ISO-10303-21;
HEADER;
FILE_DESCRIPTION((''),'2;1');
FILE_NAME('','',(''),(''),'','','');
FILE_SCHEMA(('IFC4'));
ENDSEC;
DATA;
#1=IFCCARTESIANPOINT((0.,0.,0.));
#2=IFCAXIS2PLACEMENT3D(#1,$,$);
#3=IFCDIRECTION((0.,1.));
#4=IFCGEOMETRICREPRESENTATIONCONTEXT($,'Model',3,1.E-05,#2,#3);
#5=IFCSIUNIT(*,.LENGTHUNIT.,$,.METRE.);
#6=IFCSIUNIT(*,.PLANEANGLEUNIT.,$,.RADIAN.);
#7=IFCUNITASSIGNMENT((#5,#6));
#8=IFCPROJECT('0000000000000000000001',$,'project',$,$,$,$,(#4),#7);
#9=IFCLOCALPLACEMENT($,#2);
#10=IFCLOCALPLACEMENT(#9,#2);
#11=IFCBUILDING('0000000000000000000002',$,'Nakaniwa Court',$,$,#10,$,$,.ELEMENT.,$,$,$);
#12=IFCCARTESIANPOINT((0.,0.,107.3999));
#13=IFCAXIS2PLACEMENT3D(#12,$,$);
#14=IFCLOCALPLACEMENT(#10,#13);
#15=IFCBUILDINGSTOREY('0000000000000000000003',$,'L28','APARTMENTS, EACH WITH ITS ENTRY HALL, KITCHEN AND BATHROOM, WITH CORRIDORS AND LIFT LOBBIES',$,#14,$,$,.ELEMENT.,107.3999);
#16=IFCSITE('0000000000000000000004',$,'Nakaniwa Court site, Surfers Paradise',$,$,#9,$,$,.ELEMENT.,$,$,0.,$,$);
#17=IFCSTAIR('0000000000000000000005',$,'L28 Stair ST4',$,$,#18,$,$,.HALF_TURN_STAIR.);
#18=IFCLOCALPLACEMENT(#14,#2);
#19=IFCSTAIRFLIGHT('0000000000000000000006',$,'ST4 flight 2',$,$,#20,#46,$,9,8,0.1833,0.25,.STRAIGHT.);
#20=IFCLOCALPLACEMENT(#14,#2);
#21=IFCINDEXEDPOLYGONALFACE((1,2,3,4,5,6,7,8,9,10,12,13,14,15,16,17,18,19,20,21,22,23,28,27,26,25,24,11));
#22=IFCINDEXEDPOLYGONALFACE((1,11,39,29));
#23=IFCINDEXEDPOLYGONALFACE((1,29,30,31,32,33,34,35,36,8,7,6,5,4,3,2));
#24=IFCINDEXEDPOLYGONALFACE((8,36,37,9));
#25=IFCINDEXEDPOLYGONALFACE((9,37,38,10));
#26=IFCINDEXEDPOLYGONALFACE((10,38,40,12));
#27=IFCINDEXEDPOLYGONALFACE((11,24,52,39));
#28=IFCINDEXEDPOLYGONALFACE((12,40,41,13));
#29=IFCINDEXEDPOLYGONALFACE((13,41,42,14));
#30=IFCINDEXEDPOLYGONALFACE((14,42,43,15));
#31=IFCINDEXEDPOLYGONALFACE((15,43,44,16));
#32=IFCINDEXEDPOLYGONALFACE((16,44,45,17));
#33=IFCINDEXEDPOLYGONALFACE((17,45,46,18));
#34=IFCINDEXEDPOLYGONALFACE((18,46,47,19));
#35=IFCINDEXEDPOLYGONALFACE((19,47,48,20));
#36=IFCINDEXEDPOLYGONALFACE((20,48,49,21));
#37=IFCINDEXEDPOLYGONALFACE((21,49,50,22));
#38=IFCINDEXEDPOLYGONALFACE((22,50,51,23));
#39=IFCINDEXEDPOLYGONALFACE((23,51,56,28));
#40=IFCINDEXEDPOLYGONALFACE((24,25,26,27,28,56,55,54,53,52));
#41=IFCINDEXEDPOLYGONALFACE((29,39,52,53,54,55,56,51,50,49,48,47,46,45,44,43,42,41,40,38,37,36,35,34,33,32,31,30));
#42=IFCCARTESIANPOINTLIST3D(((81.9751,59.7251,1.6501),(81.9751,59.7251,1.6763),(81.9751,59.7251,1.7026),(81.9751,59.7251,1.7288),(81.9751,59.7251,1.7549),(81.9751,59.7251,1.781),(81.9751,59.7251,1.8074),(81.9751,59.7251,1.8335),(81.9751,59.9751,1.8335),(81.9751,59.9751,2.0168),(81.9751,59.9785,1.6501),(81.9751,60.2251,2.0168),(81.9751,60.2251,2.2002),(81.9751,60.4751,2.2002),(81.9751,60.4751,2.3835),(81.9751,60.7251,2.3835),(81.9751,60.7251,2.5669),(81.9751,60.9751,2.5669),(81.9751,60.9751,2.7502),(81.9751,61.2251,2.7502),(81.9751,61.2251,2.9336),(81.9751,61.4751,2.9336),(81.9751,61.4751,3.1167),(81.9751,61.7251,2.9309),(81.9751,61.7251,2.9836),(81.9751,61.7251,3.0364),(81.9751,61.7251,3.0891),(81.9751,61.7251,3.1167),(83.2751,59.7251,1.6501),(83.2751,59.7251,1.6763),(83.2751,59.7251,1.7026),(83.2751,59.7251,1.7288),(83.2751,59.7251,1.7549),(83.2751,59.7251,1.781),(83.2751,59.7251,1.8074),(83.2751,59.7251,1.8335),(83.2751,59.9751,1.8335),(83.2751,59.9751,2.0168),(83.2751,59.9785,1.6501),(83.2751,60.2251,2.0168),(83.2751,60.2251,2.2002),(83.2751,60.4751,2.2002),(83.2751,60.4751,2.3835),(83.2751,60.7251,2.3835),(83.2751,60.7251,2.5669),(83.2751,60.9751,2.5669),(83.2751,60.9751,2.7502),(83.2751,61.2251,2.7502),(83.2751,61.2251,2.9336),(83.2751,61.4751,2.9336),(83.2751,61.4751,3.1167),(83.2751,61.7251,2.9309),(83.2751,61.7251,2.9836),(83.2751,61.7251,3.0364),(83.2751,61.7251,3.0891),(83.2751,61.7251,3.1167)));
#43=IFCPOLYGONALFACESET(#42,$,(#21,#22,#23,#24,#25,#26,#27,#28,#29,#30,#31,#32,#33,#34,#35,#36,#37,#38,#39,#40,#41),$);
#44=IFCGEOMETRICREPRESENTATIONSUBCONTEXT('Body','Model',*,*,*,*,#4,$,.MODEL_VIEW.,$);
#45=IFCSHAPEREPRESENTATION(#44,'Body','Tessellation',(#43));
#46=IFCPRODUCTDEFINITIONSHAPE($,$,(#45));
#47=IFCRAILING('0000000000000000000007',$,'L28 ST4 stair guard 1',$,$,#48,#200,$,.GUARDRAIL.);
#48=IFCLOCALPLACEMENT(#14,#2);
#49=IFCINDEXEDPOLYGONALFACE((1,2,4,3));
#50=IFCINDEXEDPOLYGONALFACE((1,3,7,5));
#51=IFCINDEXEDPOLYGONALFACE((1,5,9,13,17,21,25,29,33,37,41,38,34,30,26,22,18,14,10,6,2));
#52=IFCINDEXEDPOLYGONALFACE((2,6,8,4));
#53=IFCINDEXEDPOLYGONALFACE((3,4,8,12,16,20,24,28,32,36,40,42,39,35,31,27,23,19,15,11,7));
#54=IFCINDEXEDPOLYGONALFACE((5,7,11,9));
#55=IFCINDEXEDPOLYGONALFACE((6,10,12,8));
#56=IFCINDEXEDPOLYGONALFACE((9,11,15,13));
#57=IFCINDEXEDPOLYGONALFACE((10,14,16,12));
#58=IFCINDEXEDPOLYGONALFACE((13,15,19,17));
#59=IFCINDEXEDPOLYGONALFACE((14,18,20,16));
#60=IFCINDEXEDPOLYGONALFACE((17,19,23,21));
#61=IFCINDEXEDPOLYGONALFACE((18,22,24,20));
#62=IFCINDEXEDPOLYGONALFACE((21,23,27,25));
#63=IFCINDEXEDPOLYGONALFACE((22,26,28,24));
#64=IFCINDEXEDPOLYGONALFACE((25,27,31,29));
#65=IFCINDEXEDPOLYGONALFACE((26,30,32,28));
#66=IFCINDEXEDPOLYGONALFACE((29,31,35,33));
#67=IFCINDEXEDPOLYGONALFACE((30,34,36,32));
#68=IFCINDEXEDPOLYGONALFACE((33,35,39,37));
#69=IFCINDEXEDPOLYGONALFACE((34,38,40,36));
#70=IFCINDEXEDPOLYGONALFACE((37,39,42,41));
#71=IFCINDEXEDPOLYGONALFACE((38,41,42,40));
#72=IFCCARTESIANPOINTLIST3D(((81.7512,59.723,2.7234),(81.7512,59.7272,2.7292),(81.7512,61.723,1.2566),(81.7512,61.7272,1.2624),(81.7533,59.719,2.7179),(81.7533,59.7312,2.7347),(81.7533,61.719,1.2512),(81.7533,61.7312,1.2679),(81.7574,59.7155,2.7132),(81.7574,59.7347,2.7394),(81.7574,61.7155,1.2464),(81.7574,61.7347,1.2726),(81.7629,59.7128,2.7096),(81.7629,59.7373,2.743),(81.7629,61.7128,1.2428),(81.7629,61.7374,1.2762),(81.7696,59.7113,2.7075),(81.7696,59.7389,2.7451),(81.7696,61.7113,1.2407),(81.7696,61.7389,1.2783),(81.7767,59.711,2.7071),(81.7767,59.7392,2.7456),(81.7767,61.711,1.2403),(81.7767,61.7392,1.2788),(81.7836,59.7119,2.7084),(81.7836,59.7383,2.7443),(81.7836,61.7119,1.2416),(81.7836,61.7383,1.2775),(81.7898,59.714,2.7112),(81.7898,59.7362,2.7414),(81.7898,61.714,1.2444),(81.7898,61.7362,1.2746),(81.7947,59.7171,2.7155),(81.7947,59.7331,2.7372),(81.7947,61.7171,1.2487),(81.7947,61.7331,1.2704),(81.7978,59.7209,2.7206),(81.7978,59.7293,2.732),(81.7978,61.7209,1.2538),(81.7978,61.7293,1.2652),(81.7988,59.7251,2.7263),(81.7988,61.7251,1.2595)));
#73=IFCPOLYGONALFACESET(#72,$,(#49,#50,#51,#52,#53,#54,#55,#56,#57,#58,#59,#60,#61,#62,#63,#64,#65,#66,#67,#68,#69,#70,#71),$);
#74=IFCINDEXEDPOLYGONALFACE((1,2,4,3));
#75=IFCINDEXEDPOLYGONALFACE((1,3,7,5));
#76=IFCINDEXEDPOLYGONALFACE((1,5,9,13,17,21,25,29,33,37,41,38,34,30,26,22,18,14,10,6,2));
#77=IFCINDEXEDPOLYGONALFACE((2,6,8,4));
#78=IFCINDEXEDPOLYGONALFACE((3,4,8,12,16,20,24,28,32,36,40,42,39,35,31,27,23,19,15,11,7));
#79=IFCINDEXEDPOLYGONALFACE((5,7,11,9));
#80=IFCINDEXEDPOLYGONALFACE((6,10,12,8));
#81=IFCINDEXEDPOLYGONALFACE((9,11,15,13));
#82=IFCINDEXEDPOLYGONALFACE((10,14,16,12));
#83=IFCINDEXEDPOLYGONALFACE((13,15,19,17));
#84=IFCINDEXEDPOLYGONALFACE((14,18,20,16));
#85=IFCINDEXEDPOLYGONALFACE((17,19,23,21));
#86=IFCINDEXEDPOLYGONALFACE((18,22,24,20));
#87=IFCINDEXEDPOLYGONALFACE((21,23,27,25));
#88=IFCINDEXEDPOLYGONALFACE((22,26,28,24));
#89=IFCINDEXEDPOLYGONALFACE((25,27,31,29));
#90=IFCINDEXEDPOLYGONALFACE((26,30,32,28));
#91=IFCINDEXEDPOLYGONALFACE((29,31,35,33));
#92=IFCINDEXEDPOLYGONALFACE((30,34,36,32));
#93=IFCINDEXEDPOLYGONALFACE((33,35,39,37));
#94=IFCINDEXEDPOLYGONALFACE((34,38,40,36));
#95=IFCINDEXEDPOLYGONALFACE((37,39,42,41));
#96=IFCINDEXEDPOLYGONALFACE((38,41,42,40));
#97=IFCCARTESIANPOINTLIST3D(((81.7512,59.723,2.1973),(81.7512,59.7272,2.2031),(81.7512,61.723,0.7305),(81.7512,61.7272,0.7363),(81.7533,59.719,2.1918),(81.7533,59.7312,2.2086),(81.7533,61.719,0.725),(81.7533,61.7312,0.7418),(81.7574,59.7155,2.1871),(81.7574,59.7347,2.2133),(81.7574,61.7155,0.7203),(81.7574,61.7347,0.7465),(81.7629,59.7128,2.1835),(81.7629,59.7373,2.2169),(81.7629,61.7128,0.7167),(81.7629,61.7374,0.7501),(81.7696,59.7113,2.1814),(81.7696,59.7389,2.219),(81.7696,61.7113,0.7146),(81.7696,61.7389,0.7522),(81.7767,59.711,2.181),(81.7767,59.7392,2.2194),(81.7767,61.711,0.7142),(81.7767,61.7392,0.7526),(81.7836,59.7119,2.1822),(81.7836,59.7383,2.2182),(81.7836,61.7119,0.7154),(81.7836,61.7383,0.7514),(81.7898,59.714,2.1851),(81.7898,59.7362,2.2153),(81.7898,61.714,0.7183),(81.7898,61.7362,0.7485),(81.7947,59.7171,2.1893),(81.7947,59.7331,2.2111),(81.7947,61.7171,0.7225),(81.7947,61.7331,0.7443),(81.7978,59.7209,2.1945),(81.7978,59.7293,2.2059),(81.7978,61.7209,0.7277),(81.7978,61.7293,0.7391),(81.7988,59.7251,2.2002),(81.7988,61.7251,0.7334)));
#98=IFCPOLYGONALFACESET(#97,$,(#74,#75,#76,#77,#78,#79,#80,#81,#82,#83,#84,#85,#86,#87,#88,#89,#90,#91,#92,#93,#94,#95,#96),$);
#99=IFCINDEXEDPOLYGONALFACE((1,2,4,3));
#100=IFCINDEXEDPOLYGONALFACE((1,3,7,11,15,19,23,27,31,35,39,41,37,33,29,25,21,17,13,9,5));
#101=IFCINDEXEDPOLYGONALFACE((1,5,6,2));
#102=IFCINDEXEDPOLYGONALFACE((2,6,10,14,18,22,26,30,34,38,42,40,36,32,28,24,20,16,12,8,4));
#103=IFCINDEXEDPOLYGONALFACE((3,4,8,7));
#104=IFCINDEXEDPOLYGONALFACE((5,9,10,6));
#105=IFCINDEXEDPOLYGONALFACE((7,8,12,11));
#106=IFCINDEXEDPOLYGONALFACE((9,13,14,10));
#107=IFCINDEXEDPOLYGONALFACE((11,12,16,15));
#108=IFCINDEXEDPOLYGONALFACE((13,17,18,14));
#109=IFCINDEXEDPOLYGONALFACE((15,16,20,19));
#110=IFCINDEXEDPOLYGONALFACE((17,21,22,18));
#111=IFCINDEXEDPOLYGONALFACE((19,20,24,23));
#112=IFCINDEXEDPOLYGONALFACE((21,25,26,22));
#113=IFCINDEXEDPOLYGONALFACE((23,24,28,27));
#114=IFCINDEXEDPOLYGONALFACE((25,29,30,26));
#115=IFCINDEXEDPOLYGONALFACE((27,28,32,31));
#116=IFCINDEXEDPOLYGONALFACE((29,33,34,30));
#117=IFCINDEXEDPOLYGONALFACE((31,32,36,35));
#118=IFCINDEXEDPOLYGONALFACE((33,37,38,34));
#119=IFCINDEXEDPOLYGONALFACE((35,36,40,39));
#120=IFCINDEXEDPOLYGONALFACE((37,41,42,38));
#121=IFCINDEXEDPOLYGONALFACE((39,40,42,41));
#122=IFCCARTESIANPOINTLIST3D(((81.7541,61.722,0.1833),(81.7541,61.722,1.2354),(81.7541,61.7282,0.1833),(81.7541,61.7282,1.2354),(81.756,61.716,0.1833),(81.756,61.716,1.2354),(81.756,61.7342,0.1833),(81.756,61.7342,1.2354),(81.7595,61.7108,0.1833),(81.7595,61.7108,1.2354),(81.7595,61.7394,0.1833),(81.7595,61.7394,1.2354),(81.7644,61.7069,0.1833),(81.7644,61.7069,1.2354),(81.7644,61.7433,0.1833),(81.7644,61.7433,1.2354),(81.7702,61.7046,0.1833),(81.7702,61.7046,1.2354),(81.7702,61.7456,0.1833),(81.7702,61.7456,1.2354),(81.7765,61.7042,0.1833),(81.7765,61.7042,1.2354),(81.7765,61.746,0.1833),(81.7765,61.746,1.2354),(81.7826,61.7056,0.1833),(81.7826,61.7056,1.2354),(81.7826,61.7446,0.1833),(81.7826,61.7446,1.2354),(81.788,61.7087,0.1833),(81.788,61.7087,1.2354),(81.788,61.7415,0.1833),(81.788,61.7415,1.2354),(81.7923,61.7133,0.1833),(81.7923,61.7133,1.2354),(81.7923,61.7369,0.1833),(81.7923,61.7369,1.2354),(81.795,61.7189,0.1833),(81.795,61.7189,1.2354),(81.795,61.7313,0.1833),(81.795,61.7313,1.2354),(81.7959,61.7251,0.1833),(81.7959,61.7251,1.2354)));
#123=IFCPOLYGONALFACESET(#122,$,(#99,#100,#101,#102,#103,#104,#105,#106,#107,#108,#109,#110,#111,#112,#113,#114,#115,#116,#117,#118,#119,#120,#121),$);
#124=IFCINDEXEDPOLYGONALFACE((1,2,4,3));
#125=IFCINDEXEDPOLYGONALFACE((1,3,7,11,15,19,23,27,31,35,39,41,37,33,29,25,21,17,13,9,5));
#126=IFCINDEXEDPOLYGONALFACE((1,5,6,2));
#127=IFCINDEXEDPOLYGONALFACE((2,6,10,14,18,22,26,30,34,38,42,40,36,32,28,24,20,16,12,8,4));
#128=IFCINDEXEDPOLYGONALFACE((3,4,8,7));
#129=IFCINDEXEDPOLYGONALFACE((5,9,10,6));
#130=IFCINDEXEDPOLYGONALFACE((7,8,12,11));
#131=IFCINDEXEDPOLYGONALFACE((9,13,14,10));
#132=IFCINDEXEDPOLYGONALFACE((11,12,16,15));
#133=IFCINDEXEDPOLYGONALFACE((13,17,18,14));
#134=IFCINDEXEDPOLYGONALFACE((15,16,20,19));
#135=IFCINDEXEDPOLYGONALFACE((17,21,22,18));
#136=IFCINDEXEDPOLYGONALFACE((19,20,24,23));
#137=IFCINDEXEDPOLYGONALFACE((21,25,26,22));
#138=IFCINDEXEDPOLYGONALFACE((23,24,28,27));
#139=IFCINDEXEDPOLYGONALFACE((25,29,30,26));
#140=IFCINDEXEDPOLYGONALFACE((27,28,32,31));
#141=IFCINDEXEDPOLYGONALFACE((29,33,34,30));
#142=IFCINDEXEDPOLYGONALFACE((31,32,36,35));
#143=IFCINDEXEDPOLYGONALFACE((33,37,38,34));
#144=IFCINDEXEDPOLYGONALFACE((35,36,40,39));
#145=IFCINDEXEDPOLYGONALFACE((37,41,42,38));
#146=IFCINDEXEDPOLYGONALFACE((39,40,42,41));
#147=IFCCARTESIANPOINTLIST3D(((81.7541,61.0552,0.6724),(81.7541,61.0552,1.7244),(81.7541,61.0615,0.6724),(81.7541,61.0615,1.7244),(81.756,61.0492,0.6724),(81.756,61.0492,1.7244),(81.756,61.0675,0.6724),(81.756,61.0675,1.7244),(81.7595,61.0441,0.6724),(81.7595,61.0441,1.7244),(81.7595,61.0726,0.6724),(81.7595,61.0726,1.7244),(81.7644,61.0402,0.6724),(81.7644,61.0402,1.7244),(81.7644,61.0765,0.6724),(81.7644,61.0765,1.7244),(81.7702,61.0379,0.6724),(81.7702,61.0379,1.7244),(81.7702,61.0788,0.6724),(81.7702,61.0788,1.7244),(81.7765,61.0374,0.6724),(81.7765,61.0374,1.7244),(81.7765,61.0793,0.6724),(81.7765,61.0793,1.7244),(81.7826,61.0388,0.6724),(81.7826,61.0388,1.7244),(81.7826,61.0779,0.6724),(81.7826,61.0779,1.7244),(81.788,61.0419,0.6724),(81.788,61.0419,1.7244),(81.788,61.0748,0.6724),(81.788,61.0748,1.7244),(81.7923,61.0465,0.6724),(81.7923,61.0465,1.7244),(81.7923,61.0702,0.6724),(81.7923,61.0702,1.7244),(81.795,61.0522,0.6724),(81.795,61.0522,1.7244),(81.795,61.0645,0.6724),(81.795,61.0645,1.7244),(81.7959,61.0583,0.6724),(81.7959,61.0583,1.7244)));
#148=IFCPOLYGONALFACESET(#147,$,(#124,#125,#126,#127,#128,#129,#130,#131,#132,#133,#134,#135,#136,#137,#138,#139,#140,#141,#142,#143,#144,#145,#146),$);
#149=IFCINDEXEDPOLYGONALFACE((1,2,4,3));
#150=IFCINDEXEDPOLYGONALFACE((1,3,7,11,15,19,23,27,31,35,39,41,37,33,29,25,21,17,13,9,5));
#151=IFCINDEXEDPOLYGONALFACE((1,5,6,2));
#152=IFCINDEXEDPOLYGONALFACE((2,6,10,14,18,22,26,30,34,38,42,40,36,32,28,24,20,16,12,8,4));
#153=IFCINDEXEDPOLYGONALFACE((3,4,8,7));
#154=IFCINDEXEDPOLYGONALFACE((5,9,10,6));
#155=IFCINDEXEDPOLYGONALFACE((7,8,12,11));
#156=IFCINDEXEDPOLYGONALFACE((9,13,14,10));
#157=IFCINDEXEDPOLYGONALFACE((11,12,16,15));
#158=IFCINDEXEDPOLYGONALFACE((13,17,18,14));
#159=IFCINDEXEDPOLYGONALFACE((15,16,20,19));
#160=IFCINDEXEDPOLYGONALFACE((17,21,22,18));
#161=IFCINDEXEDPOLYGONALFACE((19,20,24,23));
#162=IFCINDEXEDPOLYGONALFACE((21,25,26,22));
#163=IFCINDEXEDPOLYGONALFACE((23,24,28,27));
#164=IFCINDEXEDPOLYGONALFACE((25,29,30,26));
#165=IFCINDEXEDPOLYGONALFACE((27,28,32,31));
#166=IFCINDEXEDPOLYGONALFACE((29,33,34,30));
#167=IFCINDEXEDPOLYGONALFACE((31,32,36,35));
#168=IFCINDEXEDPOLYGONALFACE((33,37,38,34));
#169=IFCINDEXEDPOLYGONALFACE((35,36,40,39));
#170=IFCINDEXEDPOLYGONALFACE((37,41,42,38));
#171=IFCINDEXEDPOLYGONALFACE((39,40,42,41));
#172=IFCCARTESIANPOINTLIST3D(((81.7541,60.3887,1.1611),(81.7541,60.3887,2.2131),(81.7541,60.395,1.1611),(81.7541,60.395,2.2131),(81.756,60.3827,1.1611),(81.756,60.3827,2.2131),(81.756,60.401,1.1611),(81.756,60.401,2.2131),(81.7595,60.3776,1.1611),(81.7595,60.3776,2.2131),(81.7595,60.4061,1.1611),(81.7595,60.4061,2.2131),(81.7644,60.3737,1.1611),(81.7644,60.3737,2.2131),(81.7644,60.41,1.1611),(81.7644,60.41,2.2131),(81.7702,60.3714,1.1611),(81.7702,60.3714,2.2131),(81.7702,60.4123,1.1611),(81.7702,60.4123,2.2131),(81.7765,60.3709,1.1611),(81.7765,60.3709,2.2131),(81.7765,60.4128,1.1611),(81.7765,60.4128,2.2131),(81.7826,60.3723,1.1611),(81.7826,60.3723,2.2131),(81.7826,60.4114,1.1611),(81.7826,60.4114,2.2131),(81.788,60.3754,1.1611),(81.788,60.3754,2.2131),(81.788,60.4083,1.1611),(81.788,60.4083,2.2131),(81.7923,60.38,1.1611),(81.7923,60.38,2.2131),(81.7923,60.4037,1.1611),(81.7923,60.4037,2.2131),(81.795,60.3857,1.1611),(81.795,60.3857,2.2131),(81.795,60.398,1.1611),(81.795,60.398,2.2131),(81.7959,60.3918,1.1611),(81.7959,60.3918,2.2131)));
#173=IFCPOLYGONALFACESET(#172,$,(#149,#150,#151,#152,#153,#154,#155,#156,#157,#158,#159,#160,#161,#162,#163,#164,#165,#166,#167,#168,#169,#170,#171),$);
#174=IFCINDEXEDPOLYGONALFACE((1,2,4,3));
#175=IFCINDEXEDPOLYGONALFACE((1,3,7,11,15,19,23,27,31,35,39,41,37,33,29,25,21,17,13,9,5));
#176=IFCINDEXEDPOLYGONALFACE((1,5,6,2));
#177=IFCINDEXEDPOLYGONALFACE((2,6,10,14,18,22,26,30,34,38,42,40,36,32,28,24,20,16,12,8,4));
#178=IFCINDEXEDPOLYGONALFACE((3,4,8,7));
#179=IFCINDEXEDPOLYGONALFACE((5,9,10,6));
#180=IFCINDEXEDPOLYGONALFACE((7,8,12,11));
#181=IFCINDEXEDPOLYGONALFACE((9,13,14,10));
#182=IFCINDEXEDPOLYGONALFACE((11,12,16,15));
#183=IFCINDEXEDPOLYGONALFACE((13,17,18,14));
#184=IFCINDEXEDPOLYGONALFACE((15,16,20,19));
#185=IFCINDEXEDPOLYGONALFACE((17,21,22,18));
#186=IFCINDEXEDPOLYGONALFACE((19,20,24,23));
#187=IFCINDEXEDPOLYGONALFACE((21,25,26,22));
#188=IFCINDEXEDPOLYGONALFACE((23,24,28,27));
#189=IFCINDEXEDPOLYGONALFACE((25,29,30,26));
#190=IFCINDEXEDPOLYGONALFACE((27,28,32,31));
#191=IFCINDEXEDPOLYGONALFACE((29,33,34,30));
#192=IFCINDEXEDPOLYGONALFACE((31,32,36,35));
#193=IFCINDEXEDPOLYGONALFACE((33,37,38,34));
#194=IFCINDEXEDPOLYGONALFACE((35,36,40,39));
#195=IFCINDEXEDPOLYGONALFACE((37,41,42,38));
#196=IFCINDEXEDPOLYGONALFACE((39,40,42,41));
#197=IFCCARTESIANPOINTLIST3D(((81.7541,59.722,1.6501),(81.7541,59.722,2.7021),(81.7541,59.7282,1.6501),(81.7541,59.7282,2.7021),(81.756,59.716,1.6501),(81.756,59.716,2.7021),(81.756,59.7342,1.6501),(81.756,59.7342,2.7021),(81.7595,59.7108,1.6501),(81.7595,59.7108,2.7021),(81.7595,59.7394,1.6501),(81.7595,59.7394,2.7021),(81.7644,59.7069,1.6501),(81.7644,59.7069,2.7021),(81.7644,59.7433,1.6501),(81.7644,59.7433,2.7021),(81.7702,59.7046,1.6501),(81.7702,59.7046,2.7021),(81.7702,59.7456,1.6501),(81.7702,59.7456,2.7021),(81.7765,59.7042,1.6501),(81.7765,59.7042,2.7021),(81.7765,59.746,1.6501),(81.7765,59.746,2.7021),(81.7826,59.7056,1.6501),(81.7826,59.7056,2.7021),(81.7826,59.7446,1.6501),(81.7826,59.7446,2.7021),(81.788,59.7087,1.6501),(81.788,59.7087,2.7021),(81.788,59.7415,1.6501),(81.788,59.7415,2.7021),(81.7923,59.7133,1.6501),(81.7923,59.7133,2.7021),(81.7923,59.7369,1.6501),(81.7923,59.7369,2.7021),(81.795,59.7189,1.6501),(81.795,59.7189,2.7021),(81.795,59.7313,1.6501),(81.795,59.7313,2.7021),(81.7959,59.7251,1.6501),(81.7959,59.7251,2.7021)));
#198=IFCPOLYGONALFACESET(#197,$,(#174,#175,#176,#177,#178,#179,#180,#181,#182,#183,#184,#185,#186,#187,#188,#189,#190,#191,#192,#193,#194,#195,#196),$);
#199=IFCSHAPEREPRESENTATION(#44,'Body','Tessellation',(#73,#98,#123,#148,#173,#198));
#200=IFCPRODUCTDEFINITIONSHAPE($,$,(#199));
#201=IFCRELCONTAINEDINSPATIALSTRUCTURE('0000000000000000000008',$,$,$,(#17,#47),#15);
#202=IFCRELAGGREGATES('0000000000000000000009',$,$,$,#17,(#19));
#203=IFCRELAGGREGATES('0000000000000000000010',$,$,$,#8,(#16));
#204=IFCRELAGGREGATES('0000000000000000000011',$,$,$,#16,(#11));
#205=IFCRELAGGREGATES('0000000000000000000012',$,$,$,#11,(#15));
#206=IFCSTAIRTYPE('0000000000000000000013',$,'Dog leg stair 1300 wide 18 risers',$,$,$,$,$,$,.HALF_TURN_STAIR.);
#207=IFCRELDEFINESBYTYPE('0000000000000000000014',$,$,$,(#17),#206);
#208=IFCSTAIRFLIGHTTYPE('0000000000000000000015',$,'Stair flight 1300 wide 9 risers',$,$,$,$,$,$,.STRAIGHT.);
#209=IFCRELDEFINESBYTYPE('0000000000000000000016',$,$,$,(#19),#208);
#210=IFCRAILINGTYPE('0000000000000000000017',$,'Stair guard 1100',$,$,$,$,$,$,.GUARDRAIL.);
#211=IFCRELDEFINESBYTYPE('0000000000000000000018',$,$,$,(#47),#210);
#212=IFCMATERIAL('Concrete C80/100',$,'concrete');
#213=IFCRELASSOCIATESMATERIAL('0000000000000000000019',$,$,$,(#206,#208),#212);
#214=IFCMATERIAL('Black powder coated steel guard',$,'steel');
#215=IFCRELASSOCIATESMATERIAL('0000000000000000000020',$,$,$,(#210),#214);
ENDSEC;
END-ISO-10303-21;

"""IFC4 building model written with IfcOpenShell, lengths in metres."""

from ifc_helpers import new_model, si_unit, direction, frame, origin, origin_2d, place, context, subcontext, project, spatial, polyline, circle, outline, extrude, material, type_object, element, aggregate, save


model = new_model("IFC4")

# Units and contexts
model_context = context("Model", 3, precision=1e-05, world=origin(), true_north=direction((0.0, 1.0)))
body_context = subcontext(model_context, "Body", "Model", "MODEL_VIEW")
ifc_project = project(units=[si_unit("LENGTHUNIT", "METRE"), si_unit("PLANEANGLEUNIT", "RADIAN")], contexts=[model_context])

# Site, building, storey
site_placement = place(None, origin())
site = spatial("IfcSite", under=ifc_project, at=site_placement, Name="Nakaniwa Court site, Surfers Paradise", CompositionType="ELEMENT", RefElevation=0.0)
building_placement = place(site_placement, origin())
building = spatial("IfcBuilding", under=site, at=building_placement, Name="Nakaniwa Court", CompositionType="ELEMENT")
storey_placement = place(building_placement, frame((0.0, 0.0, 107.3999)))
storey = spatial("IfcBuildingStorey", under=building, at=storey_placement, Name="L28", Description="APARTMENTS, EACH WITH ITS ENTRY HALL, KITCHEN AND BATHROOM, WITH CORRIDORS AND LIFT LOBBIES", CompositionType="ELEMENT", Elevation=107.3999)

# Shared definitions
ifc_material_1 = material(Name="Concrete C80/100", Category="concrete")

# Stair, stair flight
stair_type = type_object("IfcStairType", Name="Dog leg stair 1300 wide 18 risers", PredefinedType="HALF_TURN_STAIR", material=ifc_material_1)
stair_placement = place(storey_placement, origin())
stair = element("IfcStair", 1, at=stair_placement, inside=storey, type_object=stair_type, Name="L28 Stair ST4", PredefinedType="HALF_TURN_STAIR")
stair_flight_type = type_object("IfcStairFlightType", Name="Stair flight 1300 wide 9 risers", PredefinedType="STRAIGHT", material=ifc_material_1)
stair_flight_1_placement = place(storey_placement, frame((82.625, 59.7251, 1.6501), z_axis=(0.0, 0.0, 1.0), x_axis=(0.0, 1.0, 0.0)))
stair_flight_1 = element("IfcStairFlight", 2, at=stair_flight_1_placement, type_object=stair_flight_type, Name="ST4 flight 2", NumberOfRisers=9, NumberOfTreads=8, PredefinedType="STRAIGHT", RiserHeight=0.1833, TreadLength=0.25, context=body_context, shape_type="SweptSolid", body=[
    extrude(outline(polyline([(0.0, 0.0), (0.0, 0.0261), (0.0, 0.0525), (0.0, 0.0786), (0.0, 0.1047), (0.0, 0.1309), (0.0, 0.1572), (0.0, 0.1833), (0.25, 0.1833), (0.25, 0.3667), (0.5, 0.3667), (0.5, 0.55), (0.75, 0.55), (0.75, 0.7334), (1.0, 0.7334), (1.0, 0.9167), (1.25, 0.9167), (1.25, 1.1001), (1.5, 1.1001), (1.5, 1.2834), (1.75, 1.2834), (1.75, 1.4666), (2.0, 1.4666), (2.0, 1.6499), (2.0, 1.5972), (2.0, 1.5444), (2.0, 1.4917), (2.0, 1.439), (2.0, 1.3862), (2.0, 1.3335), (2.0, 1.2808), (0.2534, 0.0), (0.0, 0.0)])), frame((0.0, 0.6499, 0.0), z_axis=(0.0, -1.0, 0.0), x_axis=(1.0, 0.0, 0.0)), (0.0, 0.0, 1.0), 1.3),
])
aggregate(stair, [stair_flight_1])

# Railing
ifc_material_2 = material(Name="Black powder coated steel guard", Category="steel")
railing_type_1 = type_object("IfcRailingType", Name="Stair guard 1100", PredefinedType="GUARDRAIL", material=ifc_material_2)
railing_1_placement = place(storey_placement, frame((81.7749, 61.7251, 0.1833)))
element("IfcRailing", 3, at=railing_1_placement, inside=storey, type_object=railing_type_1, Name="L28 ST4 stair guard 1", PredefinedType="GUARDRAIL", context=body_context, shape_type="SweptSolid", body=[
    extrude(circle(Radius=0.0239, at=origin_2d()), frame((0.0, 0.0, 1.0762), z_axis=(0.0, -0.80638, 0.591398), x_axis=(1.0, 0.0, 0.0)), (0.0, 0.0, 1.0), 2.4802),
    extrude(circle(Radius=0.0239, at=origin_2d()), frame((0.0, 0.0, 0.55), z_axis=(0.0, -0.80638, 0.591398), x_axis=(1.0, 0.0, 0.0)), (0.0, 0.0, 1.0), 2.4802),
    extrude(circle(Radius=0.021, at=origin_2d()), origin(), (0.0, 0.0, 1.0), 1.052),
    extrude(circle(Radius=0.021, at=origin_2d()), frame((0.0, -0.6667, 0.489)), (0.0, 0.0, 1.0), 1.052),
    extrude(circle(Radius=0.021, at=origin_2d()), frame((0.0, -1.3333, 0.9778)), (0.0, 0.0, 1.0), 1.052),
    extrude(circle(Radius=0.021, at=origin_2d()), frame((0.0, -2.0, 1.4668)), (0.0, 0.0, 1.0), 1.052),
])

save(model, "model.ifc")
